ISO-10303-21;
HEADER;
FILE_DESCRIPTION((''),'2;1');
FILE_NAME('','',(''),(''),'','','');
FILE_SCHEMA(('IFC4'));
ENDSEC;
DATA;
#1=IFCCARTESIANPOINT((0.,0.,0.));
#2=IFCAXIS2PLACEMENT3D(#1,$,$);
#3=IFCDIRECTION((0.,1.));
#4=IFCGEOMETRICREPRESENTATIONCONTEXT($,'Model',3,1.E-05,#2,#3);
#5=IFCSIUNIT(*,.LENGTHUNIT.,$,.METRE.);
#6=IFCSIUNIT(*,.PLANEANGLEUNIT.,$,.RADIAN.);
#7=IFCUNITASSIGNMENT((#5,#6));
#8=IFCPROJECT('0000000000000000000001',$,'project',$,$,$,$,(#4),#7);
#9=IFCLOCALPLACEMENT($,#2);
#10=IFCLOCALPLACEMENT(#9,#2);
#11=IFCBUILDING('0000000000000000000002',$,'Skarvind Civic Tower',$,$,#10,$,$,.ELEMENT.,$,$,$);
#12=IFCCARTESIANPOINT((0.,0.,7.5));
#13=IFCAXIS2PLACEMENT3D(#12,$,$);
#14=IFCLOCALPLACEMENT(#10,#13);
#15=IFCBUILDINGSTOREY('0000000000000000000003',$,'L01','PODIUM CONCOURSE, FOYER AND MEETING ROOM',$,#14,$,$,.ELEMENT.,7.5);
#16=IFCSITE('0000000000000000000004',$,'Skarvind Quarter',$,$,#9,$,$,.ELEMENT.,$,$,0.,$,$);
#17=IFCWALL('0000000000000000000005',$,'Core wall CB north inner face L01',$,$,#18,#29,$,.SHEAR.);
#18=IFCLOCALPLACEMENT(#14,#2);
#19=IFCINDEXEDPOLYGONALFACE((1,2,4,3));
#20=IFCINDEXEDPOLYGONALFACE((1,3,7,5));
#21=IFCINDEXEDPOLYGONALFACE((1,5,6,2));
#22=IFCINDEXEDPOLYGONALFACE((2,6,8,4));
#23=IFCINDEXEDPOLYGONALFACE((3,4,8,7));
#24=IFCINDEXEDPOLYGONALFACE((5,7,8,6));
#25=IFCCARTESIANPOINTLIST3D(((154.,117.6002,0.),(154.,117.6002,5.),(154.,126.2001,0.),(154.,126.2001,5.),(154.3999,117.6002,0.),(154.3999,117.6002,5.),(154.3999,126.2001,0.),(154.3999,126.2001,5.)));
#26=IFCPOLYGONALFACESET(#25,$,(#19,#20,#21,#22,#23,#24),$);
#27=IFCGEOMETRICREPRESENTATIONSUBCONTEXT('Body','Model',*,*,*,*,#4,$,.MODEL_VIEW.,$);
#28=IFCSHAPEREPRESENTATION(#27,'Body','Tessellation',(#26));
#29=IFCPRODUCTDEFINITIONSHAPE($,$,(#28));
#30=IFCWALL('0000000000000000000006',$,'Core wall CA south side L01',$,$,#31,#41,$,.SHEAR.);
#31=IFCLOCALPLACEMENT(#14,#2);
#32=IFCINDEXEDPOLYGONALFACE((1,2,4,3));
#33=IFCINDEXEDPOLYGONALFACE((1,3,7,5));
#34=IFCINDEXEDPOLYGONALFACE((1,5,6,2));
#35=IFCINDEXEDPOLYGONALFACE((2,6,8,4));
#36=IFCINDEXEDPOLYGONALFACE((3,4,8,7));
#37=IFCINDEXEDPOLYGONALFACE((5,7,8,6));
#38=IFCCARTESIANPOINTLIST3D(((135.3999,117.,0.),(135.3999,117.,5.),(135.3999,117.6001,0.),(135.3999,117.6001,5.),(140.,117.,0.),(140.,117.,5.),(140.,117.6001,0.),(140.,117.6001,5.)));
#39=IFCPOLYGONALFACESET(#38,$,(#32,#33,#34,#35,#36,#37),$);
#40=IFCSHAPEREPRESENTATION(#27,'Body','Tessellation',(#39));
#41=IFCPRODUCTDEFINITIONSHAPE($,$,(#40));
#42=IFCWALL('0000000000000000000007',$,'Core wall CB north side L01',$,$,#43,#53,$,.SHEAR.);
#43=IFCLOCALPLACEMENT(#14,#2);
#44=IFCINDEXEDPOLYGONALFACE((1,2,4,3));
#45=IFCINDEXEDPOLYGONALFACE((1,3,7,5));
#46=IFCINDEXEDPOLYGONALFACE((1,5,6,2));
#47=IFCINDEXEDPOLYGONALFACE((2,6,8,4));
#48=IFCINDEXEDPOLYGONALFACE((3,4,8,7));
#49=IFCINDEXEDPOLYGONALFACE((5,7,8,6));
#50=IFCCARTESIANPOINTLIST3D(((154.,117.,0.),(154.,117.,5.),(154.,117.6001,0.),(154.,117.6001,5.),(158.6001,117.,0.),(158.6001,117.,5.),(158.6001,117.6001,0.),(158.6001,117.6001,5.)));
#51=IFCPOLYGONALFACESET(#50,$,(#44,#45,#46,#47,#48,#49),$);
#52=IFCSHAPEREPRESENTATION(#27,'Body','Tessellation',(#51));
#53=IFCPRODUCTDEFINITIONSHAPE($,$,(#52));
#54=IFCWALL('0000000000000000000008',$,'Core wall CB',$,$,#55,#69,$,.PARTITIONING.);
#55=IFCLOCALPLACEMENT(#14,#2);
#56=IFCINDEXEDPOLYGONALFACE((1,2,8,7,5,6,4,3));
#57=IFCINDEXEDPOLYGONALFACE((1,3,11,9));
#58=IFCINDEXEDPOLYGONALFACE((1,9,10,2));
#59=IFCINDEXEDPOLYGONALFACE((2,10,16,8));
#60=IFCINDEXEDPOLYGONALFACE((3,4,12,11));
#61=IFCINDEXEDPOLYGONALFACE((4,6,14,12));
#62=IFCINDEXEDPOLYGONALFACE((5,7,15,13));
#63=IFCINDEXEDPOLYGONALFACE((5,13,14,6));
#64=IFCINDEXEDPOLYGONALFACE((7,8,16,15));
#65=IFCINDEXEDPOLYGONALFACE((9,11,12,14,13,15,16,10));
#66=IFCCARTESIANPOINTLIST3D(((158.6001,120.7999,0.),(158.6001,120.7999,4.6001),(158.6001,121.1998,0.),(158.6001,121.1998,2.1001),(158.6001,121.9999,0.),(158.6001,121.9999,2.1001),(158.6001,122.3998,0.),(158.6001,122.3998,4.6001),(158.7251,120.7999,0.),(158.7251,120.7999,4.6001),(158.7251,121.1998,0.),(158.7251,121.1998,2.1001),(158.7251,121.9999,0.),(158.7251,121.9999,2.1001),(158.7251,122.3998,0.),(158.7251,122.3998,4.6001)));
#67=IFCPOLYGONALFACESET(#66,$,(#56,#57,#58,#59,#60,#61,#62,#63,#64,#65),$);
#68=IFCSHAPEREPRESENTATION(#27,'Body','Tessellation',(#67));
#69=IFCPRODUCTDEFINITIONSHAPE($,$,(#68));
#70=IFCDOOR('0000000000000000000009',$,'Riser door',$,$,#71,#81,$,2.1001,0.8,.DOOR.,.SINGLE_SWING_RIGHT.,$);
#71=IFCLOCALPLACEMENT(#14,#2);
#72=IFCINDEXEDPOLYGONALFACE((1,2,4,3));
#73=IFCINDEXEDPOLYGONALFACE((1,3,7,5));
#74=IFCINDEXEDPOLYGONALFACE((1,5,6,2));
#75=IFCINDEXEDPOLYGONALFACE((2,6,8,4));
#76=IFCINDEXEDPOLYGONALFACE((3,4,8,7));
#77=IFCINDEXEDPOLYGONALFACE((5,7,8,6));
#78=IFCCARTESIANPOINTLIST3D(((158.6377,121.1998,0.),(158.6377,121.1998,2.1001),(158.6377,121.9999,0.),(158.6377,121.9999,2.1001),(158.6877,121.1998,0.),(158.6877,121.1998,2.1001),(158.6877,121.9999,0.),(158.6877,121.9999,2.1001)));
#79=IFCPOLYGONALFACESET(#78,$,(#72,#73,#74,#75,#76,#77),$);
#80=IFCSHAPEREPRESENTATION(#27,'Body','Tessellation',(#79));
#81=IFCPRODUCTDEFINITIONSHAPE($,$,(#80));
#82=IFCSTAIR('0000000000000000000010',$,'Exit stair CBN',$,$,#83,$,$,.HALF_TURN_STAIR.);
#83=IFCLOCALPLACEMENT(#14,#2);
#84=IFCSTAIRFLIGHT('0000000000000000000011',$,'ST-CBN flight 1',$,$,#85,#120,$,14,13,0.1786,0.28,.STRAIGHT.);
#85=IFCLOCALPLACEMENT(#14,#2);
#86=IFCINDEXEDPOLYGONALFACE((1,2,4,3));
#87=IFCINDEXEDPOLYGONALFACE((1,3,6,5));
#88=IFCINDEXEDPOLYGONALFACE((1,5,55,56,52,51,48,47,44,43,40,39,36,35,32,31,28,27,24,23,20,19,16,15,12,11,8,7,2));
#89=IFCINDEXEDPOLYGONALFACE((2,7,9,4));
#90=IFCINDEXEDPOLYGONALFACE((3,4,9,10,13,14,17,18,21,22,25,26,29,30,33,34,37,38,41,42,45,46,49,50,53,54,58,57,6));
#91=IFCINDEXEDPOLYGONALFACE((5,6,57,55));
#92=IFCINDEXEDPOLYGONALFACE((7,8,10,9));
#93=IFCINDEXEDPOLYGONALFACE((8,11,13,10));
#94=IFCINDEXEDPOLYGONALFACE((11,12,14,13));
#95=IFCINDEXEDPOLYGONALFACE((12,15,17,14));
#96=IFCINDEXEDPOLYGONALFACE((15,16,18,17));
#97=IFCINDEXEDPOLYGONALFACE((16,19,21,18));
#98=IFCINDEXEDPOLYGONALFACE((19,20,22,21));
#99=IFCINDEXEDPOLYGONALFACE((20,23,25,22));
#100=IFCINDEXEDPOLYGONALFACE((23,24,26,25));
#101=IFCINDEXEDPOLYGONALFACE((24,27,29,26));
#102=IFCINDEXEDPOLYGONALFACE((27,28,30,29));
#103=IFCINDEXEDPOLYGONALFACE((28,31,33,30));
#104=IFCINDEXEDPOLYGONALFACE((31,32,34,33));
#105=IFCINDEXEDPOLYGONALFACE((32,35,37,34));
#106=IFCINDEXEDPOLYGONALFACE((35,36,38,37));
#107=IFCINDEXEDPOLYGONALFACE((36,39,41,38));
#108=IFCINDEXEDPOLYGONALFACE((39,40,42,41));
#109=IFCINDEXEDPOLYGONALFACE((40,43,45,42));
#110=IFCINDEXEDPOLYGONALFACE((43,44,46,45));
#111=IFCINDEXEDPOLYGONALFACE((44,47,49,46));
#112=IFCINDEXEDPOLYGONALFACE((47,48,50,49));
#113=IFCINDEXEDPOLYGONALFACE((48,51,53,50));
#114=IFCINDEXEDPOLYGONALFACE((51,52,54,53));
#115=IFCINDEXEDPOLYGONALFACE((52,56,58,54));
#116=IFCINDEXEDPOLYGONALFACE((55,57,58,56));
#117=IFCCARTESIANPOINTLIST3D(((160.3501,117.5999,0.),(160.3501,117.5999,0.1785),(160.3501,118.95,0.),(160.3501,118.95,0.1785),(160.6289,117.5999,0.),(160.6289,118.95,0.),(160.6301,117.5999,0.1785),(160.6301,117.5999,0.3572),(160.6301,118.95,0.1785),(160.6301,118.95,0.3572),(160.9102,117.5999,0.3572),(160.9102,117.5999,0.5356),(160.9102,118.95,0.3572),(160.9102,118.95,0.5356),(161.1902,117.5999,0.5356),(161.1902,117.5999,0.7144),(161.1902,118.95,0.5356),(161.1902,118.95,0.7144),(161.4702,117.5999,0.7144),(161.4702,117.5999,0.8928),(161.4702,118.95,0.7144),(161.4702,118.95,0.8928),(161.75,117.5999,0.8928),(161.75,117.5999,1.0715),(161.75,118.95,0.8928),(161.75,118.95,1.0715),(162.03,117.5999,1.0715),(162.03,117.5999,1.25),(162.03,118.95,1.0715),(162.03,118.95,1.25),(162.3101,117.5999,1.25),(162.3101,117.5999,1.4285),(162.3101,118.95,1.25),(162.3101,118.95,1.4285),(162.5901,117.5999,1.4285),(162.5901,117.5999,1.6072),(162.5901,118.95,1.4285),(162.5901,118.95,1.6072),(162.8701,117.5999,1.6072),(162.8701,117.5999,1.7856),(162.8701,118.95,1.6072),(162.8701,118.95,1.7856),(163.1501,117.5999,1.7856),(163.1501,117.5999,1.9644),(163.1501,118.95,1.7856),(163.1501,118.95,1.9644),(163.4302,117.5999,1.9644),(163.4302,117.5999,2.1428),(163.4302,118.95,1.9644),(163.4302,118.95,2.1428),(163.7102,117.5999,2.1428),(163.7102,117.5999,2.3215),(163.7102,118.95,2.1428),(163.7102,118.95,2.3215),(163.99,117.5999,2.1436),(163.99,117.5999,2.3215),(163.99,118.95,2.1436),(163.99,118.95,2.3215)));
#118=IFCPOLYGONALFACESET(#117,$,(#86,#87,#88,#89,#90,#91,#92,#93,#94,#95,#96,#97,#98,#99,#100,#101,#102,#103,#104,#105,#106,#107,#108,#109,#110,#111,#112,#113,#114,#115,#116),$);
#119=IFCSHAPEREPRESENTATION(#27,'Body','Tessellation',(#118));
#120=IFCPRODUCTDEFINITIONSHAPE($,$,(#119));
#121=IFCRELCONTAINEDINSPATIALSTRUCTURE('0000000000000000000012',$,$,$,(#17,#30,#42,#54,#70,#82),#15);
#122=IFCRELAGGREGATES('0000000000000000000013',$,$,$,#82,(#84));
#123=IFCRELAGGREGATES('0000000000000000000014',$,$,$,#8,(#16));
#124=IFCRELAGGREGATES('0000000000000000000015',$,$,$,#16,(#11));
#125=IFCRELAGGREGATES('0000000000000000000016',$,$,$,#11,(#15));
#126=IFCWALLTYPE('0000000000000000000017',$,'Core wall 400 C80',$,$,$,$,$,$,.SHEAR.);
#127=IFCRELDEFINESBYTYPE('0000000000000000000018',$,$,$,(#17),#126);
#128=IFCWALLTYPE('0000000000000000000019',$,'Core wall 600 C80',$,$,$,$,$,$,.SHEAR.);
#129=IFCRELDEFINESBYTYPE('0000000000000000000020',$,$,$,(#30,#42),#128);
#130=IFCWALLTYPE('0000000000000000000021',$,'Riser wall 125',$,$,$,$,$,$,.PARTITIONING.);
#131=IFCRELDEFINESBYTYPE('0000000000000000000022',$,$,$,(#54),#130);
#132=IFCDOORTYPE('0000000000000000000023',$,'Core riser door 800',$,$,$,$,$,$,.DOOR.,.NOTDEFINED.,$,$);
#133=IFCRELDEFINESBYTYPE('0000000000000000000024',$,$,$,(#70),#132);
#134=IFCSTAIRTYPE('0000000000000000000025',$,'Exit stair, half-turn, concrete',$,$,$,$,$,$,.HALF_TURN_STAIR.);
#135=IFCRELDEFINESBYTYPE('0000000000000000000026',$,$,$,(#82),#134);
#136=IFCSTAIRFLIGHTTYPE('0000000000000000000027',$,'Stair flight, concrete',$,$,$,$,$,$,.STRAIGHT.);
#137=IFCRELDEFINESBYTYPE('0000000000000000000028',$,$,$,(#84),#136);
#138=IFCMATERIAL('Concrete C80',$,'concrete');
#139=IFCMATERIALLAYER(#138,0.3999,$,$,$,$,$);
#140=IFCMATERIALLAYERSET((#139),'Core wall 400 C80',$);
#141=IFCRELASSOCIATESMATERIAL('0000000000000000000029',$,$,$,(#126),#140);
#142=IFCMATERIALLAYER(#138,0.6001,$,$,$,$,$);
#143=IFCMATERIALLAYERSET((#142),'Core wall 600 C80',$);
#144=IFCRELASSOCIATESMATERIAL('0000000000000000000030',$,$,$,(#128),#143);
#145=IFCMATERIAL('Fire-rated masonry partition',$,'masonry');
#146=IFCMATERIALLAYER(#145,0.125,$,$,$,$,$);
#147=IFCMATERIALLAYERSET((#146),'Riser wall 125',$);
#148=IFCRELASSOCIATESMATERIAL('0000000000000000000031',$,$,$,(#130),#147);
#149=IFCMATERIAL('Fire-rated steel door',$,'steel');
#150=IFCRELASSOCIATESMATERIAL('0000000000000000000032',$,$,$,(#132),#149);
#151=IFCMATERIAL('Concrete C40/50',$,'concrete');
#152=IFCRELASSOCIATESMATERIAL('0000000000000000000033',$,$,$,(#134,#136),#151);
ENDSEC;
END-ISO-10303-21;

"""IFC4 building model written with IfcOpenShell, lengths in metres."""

from ifc_helpers import new_model, si_unit, direction, frame, frame_2d, origin, place, context, subcontext, project, spatial, polyline, rectangle, outline, extrude, material, layer, layer_set, type_object, element, fill, aggregate, save


model = new_model("IFC4")

# Units and contexts
model_context = context("Model", 3, precision=1e-05, world=origin(), true_north=direction((0.0, 1.0)))
body_context = subcontext(model_context, "Body", "Model", "MODEL_VIEW")
ifc_project = project(units=[si_unit("LENGTHUNIT", "METRE"), si_unit("PLANEANGLEUNIT", "RADIAN")], contexts=[model_context])

# Site, building, storey
site_placement = place(None, origin())
site = spatial("IfcSite", under=ifc_project, at=site_placement, Name="Skarvind Quarter", CompositionType="ELEMENT", RefElevation=0.0)
building_placement = place(site_placement, origin())
building = spatial("IfcBuilding", under=site, at=building_placement, Name="Skarvind Civic Tower", CompositionType="ELEMENT")
storey_placement = place(building_placement, frame((0.0, 0.0, 7.5)))
storey = spatial("IfcBuildingStorey", under=building, at=storey_placement, Name="L01", Description="PODIUM CONCOURSE, FOYER AND MEETING ROOM", CompositionType="ELEMENT", Elevation=7.5)

# Shared definitions
ifc_material_1 = material(Name="Fire-rated masonry partition", Category="masonry")
ifc_material_2 = material(Name="Fire-rated steel door", Category="steel")

# Shared definitions
ifc_material_3 = material(Name="Concrete C80", Category="concrete")
ifc_layer_1 = layer(ifc_material_3, 0.3999)
ifc_layer_set_1 = layer_set([ifc_layer_1], Name="Core wall 400 C80")
wall_type_1 = type_object("IfcWallType", Name="Core wall 400 C80", PredefinedType="SHEAR", material=ifc_layer_set_1)

# Walls
wall_1_placement = place(storey_placement, frame((154.2, 126.2, 0.0), z_axis=(0.0, 0.0, 1.0), x_axis=(0.0, -1.0, 0.0)))
element("IfcWall", 1, at=wall_1_placement, inside=storey, type_object=wall_type_1, Name="Core wall CB north inner face L01", PredefinedType="SHEAR", context=body_context, shape_type="SweptSolid", body=[
    extrude(rectangle(XDim=8.5999, YDim=0.3999, at=frame_2d((4.2998, 0.0))), origin(), (0.0, 0.0, 1.0), 5.0),
])
ifc_layer_2 = layer(ifc_material_3, 0.6001)
ifc_layer_set_2 = layer_set([ifc_layer_2], Name="Core wall 600 C80")
wall_type_2 = type_object("IfcWallType", Name="Core wall 600 C80", PredefinedType="SHEAR", material=ifc_layer_set_2)
for number, where, z_axis, x_axis, name in (
    (2, (135.3999, 117.3, 0.0), (0.0, 0.0, 1.0), (1.0, 0.0, 0.0), "Core wall CA south side L01"),
    (3, (158.6001, 117.3, 0.0), (0.0, 0.0, 1.0), (-1.0, 0.0, 0.0), "Core wall CB north side L01"),
):
    element("IfcWall", number, at=place(storey_placement, frame(where, z_axis=z_axis, x_axis=x_axis)), inside=storey, type_object=wall_type_2, Name=name, PredefinedType="SHEAR", context=body_context, shape_type="SweptSolid", body=[
        extrude(rectangle(XDim=4.6001, YDim=0.6001, at=frame_2d((2.3, 0.0))), origin(), (0.0, 0.0, 1.0), 5.0),
    ])

# Wall, opening, door
ifc_layer_3 = layer(ifc_material_1, 0.125)
ifc_layer_set_3 = layer_set([ifc_layer_3], Name="Riser wall 125")
wall_type_3 = type_object("IfcWallType", Name="Riser wall 125", PredefinedType="PARTITIONING", material=ifc_layer_set_3)
wall_2_placement = place(storey_placement, frame((158.6626, 120.8, 0.0), z_axis=(0.0, 0.0, 1.0), x_axis=(0.0, 1.0, 0.0)))
wall_2 = element("IfcWall", 4, at=wall_2_placement, inside=storey, type_object=wall_type_3, Name="Core wall CB", PredefinedType="PARTITIONING", context=body_context, shape_type="SweptSolid", body=[
    extrude(rectangle(XDim=1.5999, YDim=0.125, at=frame_2d((0.7998, 0.0))), origin(), (0.0, 0.0, 1.0), 4.6001),
])
opening_1_placement = place(wall_2_placement, frame((0.3999, 0.0, 0.0)))
opening_1 = element("IfcOpeningElement", 5, at=opening_1_placement, cuts=wall_2, PredefinedType="OPENING", context=body_context, shape_type="SweptSolid", body=[
    extrude(rectangle(XDim=0.8, YDim=2.1001, at=frame_2d((0.3999, 1.05))), frame((0.0, 0.0725, 0.0), z_axis=(0.0, -1.0, 0.0), x_axis=(1.0, 0.0, 0.0)), (0.0, 0.0, 1.0), 0.145),
])
door_type_1 = type_object("IfcDoorType", Name="Core riser door 800", OperationType="NOTDEFINED", PredefinedType="DOOR", material=ifc_material_2)
door_1_placement = place(opening_1_placement, origin())
door_1 = element("IfcDoor", 6, at=door_1_placement, inside=storey, type_object=door_type_1, Name="Riser door", OperationType="SINGLE_SWING_RIGHT", OverallHeight=2.1001, OverallWidth=0.8, PredefinedType="DOOR", context=body_context, shape_type="SweptSolid", body=[
    extrude(rectangle(XDim=0.8, YDim=2.1001, at=frame_2d((0.3999, 1.05))), frame((0.0, 0.0249, 0.0), z_axis=(0.0, -1.0, 0.0), x_axis=(1.0, 0.0, 0.0)), (0.0, 0.0, 1.0), 0.05),
])
fill(opening_1, door_1)

# Stair, stair flight
ifc_material_4 = material(Name="Concrete C40/50", Category="concrete")
stair_type = type_object("IfcStairType", Name="Exit stair, half-turn, concrete", PredefinedType="HALF_TURN_STAIR", material=ifc_material_4)
stair_placement = place(storey_placement, origin())
stair = element("IfcStair", 7, at=stair_placement, inside=storey, type_object=stair_type, Name="Exit stair CBN", PredefinedType="HALF_TURN_STAIR")
stair_flight_type = type_object("IfcStairFlightType", Name="Stair flight, concrete", PredefinedType="STRAIGHT", material=ifc_material_4)
stair_flight_placement = place(storey_placement, frame((160.3501, 118.2749, 0.0), z_axis=(0.0, 0.0, 1.0), x_axis=(1.0, 0.0, 0.0)))
stair_flight = element("IfcStairFlight", 8, at=stair_flight_placement, type_object=stair_flight_type, Name="ST-CBN flight 1", NumberOfRisers=14, NumberOfTreads=13, PredefinedType="STRAIGHT", RiserHeight=0.1786, TreadLength=0.28, context=body_context, shape_type="SweptSolid", body=[
    extrude(outline(polyline([(0.0, 0.0), (0.0, 0.1785), (0.28, 0.1785), (0.28, 0.3572), (0.5601, 0.3572), (0.5601, 0.5356), (0.8401, 0.5356), (0.8401, 0.7144), (1.1201, 0.7144), (1.1201, 0.8928), (1.3999, 0.8928), (1.3999, 1.0715), (1.6799, 1.0715), (1.6799, 1.25), (1.96, 1.25), (1.96, 1.4285), (2.24, 1.4285), (2.24, 1.6072), (2.52, 1.6072), (2.52, 1.7856), (2.8, 1.7856), (2.8, 1.9644), (3.0801, 1.9644), (3.0801, 2.1428), (3.3601, 2.1428), (3.3601, 2.3215), (3.6399, 2.3215), (3.6399, 2.5), (3.6399, 2.1436), (0.2788, 0.0), (0.0, 0.0)])), frame((0.0, 0.675, 0.0), z_axis=(0.0, -1.0, 0.0), x_axis=(1.0, 0.0, 0.0)), (0.0, 0.0, 1.0), 1.3501),
])
aggregate(stair, [stair_flight])

save(model, "model.ifc")
